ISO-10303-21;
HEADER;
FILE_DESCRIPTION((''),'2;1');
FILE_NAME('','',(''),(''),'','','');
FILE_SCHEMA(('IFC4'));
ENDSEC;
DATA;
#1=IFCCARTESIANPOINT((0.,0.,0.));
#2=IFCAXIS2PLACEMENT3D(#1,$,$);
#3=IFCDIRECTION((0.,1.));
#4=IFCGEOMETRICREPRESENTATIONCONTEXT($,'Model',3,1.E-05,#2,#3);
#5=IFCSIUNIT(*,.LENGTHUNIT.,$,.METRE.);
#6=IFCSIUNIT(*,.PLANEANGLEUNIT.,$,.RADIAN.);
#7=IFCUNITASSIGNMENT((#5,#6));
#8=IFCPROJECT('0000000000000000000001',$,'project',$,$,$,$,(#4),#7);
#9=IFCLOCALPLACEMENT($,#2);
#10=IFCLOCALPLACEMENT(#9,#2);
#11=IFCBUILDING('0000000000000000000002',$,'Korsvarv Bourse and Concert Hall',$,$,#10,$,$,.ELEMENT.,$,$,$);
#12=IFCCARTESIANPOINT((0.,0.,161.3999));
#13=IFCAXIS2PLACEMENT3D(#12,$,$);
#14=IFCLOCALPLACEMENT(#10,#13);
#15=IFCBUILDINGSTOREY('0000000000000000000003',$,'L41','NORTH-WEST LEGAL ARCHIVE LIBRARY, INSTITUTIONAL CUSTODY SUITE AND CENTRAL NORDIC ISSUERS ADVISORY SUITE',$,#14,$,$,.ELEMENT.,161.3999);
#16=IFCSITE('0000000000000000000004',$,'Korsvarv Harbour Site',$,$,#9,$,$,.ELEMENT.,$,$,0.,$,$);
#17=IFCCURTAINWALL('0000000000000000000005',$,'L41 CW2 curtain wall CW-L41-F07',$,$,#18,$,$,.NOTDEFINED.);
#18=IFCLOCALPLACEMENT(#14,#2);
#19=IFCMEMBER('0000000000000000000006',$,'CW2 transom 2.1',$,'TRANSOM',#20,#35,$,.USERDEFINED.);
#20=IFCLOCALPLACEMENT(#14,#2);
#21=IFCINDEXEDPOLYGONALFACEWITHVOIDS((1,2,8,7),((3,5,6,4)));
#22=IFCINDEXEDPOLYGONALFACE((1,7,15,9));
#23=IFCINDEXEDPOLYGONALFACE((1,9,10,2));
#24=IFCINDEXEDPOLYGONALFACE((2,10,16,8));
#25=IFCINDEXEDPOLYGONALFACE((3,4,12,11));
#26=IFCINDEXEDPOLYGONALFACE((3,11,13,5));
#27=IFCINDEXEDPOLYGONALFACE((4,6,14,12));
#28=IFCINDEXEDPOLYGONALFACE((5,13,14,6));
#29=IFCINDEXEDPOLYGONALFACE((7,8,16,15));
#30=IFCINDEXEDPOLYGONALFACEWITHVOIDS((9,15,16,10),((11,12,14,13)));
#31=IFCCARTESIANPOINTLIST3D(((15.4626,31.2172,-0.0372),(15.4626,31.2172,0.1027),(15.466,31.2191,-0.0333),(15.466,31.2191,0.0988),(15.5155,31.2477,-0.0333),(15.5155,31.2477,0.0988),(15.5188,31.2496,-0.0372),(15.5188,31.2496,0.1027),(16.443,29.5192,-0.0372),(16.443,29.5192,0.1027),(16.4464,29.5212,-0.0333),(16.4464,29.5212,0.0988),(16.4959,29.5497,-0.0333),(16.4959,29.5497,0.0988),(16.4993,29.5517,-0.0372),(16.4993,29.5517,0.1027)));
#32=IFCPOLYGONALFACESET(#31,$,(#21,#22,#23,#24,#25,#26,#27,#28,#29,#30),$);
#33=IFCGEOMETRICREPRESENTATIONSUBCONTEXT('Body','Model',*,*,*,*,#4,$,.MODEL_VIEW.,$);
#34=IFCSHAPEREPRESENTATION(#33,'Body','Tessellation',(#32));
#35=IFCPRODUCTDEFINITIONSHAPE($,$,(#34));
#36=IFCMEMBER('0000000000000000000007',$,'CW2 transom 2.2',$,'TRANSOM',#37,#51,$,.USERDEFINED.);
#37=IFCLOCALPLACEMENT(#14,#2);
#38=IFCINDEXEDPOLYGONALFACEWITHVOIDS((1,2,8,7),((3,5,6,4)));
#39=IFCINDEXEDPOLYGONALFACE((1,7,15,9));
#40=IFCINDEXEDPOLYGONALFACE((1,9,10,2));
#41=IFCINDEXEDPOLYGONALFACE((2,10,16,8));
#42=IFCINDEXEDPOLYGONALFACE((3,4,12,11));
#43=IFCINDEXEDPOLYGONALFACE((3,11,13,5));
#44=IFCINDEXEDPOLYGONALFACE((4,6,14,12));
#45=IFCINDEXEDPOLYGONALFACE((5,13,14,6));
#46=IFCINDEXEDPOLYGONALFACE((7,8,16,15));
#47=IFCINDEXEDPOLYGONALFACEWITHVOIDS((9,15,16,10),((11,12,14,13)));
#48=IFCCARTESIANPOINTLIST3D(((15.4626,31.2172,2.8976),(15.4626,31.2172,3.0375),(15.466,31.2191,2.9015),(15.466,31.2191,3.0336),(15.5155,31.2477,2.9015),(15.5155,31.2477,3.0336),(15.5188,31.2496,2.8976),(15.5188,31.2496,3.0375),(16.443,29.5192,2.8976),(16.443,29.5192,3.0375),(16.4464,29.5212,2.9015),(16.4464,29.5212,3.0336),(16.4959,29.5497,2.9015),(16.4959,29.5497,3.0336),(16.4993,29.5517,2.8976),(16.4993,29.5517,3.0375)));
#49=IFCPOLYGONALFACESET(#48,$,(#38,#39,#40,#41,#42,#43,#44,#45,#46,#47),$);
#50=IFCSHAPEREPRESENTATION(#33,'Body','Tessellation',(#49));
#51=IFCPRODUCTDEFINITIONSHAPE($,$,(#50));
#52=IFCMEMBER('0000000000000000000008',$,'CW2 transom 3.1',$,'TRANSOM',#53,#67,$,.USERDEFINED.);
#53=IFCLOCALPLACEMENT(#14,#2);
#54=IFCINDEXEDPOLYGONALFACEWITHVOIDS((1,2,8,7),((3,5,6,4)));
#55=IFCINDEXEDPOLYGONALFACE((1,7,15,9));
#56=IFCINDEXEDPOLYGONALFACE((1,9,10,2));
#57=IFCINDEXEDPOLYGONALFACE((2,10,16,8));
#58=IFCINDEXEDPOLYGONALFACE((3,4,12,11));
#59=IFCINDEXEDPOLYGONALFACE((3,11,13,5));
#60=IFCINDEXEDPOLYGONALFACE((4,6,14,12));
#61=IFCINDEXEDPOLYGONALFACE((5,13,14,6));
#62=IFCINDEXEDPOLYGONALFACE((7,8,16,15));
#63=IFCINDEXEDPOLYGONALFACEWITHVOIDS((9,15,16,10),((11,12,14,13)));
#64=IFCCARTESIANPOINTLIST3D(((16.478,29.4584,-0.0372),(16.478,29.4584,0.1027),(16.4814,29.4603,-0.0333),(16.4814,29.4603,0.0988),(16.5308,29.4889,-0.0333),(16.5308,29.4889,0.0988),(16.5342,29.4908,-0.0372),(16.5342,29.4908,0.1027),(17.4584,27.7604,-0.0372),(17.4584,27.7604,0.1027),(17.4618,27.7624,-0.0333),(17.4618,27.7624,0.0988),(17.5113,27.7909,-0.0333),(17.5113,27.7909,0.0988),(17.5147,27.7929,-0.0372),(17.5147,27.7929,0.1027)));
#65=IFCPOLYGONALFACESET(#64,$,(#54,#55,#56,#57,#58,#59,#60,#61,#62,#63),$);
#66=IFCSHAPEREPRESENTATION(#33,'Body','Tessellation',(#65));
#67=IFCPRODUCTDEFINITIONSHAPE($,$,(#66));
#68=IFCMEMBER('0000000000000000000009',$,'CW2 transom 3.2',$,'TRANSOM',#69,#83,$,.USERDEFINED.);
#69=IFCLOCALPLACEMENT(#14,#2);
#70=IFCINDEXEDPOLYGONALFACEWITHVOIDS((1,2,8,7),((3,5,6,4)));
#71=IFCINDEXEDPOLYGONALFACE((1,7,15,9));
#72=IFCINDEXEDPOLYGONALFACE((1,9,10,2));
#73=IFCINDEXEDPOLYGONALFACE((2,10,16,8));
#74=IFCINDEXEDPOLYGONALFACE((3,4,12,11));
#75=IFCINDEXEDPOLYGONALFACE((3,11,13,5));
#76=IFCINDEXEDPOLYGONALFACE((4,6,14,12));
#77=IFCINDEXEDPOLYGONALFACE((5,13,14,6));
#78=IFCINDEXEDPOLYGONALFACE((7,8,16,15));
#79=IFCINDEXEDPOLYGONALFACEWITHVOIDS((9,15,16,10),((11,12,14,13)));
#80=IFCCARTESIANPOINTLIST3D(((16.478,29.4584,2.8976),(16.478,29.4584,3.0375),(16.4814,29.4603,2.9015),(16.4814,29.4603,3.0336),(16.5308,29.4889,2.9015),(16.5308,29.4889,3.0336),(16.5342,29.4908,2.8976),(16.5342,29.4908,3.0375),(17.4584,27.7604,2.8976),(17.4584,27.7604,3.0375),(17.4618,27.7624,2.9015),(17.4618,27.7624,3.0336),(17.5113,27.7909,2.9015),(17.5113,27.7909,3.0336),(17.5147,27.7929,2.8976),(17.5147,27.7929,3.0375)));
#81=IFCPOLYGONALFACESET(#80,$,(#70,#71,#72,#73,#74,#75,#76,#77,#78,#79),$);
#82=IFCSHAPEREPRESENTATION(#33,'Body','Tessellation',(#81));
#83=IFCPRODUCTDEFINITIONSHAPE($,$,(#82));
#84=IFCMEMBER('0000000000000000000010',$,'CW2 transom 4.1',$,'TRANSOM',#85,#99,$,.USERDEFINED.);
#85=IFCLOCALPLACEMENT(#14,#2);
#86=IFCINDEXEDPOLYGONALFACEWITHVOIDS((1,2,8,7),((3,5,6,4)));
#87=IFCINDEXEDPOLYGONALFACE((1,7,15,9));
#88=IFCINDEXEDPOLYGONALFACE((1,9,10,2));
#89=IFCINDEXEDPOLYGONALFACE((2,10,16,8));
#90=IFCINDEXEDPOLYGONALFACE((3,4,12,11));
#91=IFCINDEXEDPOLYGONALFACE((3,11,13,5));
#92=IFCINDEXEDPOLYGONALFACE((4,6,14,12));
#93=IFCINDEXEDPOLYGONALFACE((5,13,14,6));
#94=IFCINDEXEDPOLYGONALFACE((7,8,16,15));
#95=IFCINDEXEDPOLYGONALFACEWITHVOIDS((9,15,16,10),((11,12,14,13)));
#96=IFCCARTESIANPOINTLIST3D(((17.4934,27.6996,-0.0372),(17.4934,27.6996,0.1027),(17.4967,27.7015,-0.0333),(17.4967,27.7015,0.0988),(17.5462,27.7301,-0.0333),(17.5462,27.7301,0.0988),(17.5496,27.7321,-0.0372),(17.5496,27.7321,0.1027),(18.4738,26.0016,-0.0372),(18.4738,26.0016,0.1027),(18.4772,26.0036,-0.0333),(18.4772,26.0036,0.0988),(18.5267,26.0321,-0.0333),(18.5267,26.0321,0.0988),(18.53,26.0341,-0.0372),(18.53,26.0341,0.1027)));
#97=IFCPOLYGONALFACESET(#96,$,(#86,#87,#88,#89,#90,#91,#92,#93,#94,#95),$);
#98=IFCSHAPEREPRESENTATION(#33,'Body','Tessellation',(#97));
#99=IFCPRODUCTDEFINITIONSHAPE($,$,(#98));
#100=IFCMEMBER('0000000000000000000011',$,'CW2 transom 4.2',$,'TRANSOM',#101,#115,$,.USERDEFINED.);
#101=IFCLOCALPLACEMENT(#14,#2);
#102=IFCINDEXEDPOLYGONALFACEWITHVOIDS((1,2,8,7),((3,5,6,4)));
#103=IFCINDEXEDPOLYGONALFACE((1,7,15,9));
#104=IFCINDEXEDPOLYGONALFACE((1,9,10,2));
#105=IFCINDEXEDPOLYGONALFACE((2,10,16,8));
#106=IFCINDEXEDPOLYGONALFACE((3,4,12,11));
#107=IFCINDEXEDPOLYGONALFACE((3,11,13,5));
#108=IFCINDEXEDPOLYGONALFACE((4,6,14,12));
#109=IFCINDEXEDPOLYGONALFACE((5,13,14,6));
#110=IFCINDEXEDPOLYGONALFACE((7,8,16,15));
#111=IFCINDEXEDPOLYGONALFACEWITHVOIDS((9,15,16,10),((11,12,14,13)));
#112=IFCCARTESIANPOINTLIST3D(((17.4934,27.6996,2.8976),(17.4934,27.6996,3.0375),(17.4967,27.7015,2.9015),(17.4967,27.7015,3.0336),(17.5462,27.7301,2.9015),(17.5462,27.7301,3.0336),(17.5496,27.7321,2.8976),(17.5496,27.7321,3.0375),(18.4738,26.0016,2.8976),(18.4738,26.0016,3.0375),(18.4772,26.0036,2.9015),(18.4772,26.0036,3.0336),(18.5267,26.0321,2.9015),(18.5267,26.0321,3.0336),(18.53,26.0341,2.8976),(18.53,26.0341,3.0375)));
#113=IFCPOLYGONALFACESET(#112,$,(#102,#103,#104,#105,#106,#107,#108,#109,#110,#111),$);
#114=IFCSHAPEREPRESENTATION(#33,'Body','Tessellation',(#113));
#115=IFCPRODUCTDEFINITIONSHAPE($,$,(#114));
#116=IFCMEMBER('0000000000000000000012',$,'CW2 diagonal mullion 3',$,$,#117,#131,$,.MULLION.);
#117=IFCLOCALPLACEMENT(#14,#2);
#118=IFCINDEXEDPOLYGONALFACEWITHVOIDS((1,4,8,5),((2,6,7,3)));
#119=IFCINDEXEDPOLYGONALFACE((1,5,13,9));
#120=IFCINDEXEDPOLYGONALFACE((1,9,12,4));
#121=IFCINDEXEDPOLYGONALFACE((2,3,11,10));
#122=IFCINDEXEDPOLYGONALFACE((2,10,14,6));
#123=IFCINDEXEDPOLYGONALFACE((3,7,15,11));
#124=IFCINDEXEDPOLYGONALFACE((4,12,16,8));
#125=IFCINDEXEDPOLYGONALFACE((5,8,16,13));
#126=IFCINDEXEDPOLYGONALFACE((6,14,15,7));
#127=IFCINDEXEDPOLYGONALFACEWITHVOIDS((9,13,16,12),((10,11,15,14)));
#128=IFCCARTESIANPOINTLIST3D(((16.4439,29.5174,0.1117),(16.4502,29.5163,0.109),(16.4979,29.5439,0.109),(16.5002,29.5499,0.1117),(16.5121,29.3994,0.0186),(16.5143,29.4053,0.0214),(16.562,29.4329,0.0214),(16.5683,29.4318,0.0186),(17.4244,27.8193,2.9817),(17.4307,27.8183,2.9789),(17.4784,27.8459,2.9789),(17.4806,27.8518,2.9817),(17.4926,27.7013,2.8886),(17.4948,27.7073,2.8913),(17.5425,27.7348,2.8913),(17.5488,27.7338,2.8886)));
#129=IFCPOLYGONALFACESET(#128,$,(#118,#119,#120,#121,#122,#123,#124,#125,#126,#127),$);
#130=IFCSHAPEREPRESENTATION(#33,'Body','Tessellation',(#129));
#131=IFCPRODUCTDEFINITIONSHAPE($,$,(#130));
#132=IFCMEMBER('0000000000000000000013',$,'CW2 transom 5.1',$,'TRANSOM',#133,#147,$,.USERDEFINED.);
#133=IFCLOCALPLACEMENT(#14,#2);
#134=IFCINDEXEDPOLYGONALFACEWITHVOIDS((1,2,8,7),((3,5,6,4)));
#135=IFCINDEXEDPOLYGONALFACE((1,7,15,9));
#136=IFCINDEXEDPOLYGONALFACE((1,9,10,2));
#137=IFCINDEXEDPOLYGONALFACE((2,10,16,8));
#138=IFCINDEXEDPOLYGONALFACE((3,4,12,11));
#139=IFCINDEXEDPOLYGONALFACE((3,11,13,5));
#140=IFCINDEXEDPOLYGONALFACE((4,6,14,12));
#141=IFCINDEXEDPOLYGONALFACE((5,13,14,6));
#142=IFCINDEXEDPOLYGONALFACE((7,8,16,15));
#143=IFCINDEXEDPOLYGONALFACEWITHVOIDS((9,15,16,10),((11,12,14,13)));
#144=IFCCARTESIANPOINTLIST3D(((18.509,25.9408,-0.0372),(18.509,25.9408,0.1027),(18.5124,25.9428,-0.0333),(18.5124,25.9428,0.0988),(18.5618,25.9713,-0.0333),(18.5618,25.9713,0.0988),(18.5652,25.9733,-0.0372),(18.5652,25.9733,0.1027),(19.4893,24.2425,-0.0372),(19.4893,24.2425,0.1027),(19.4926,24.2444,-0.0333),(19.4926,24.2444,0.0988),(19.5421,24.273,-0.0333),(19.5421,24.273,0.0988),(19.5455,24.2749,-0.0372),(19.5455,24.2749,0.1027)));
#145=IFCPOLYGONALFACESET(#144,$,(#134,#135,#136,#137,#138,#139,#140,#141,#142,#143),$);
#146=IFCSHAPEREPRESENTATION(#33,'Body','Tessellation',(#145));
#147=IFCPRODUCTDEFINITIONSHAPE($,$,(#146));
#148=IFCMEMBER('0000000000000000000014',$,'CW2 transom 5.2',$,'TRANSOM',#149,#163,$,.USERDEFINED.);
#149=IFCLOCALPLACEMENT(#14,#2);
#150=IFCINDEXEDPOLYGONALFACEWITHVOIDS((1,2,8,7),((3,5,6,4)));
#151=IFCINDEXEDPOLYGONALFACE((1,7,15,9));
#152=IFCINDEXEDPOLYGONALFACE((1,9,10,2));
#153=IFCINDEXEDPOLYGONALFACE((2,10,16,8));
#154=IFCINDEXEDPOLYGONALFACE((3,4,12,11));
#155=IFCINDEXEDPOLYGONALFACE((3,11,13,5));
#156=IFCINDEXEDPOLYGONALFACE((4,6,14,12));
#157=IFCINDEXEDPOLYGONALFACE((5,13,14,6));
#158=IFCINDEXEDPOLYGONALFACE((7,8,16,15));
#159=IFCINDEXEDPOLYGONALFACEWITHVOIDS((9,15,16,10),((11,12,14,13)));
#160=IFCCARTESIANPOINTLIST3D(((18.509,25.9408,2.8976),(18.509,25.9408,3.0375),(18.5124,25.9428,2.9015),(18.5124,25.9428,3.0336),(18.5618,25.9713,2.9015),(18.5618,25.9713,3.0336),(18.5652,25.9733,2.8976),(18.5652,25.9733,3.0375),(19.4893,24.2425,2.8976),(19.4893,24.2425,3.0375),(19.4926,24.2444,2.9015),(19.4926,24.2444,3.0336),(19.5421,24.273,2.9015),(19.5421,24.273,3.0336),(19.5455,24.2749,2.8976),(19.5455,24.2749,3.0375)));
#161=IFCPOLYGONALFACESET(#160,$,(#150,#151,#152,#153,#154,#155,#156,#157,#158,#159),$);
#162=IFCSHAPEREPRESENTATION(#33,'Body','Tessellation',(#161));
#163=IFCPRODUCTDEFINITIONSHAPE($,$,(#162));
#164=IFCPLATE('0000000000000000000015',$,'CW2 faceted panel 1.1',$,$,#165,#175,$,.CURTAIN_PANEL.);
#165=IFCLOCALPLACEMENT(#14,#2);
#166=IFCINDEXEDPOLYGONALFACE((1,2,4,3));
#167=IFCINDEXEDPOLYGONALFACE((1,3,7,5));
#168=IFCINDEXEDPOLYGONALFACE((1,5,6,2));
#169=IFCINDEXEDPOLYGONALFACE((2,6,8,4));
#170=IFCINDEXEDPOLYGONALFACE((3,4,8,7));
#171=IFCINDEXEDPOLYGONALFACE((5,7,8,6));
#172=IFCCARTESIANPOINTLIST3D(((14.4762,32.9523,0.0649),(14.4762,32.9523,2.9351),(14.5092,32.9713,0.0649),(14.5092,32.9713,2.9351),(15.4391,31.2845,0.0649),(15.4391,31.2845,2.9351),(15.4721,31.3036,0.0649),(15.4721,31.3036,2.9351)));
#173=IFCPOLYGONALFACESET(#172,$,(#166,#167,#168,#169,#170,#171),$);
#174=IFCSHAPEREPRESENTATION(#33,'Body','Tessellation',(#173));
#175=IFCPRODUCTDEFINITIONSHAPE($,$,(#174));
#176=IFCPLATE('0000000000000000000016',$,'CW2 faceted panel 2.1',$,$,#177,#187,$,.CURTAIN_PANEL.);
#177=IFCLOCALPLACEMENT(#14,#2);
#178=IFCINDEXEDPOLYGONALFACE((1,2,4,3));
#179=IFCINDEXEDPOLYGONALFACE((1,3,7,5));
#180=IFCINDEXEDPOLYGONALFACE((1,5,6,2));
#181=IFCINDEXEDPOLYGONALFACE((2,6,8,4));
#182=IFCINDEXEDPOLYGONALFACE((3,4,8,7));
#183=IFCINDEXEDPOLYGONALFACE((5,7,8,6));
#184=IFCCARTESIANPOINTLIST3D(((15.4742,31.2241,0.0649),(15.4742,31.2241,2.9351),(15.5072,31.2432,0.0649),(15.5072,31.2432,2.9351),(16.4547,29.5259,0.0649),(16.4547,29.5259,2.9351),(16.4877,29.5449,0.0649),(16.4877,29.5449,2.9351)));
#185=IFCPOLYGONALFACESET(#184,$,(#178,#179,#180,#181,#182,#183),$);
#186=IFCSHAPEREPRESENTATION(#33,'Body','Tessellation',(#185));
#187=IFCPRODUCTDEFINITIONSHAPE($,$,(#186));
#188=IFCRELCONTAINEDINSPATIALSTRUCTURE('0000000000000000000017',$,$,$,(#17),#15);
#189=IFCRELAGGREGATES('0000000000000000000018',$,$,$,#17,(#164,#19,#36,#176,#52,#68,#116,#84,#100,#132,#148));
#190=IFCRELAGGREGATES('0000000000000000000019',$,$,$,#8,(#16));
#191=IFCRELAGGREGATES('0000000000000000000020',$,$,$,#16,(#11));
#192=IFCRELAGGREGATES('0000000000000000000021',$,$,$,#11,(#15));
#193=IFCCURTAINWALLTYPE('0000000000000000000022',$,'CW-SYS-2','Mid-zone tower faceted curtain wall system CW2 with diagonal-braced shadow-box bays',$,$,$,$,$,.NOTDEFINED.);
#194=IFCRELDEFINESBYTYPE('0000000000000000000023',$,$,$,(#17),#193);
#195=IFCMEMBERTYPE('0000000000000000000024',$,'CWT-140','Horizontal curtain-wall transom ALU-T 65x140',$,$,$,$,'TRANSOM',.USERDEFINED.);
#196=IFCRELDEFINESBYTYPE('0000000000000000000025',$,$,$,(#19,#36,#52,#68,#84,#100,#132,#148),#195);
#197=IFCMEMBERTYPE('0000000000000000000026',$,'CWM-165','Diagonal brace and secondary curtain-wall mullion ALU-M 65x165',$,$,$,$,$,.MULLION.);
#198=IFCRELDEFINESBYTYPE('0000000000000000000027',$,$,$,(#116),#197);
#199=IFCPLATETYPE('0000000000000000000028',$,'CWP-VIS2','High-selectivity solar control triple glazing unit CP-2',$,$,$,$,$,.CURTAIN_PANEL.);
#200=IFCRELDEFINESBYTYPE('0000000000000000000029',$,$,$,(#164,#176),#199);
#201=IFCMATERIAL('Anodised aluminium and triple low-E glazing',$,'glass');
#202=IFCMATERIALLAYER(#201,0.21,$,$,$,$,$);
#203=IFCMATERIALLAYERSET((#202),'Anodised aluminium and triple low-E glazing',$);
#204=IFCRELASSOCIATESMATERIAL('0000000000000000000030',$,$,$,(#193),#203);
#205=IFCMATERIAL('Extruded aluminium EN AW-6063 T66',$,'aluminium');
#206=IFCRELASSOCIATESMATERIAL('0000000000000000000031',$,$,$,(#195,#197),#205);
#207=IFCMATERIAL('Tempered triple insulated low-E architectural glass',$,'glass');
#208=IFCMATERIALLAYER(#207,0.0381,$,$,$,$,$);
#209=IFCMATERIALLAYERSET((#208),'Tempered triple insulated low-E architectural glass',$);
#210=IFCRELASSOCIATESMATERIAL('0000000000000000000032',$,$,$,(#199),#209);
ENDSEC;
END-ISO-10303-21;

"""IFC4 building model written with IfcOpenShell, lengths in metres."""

from ifc_helpers import new_model, si_unit, direction, frame, origin, origin_2d, place, context, subcontext, project, spatial, rectangle, hollow_rectangle, extrude, source, transform, mapped, material, layer, layer_set, material_profile, profile_set, type_object, element, aggregate, save


model = new_model("IFC4")

# Units and contexts
model_context = context("Model", 3, precision=1e-05, world=origin(), true_north=direction((0.0, 1.0)))
body_context = subcontext(model_context, "Body", "Model", "MODEL_VIEW")
ifc_project = project(units=[si_unit("LENGTHUNIT", "METRE"), si_unit("PLANEANGLEUNIT", "RADIAN")], contexts=[model_context])

# Site, building, storey
site_placement = place(None, origin())
site = spatial("IfcSite", under=ifc_project, at=site_placement, Name="Korsvarv Harbour Site", CompositionType="ELEMENT", RefElevation=0.0)
building_placement = place(site_placement, origin())
building = spatial("IfcBuilding", under=site, at=building_placement, Name="Korsvarv Bourse and Concert Hall", CompositionType="ELEMENT")
storey_placement = place(building_placement, frame((0.0, 0.0, 161.3999)))
storey = spatial("IfcBuildingStorey", under=building, at=storey_placement, Name="L41", Description="NORTH-WEST LEGAL ARCHIVE LIBRARY, INSTITUTIONAL CUSTODY SUITE AND CENTRAL NORDIC ISSUERS ADVISORY SUITE", CompositionType="ELEMENT", Elevation=161.3999)

# Curtain wall, members, plates
ifc_material_1 = material(Name="Anodised aluminium and triple low-E glazing", Category="glass")
ifc_layer_1 = layer(ifc_material_1, 0.21)
ifc_layer_set_1 = layer_set([ifc_layer_1], Name="Anodised aluminium and triple low-E glazing")
curtain_wall_type = type_object("IfcCurtainWallType", Name="CW-SYS-2", Description="Mid-zone tower faceted curtain wall system CW2 with diagonal-braced shadow-box bays", PredefinedType="NOTDEFINED", material=ifc_layer_set_1)
curtain_wall_placement = place(storey_placement, origin())
curtain_wall = element("IfcCurtainWall", 1, at=curtain_wall_placement, inside=storey, type_object=curtain_wall_type, Name="L41 CW2 curtain wall CW-L41-F07", PredefinedType="NOTDEFINED")
ifc_material_2 = material(Name="Extruded aluminium EN AW-6063 T66", Category="aluminium")
ifc_material_profile_1 = material_profile(ifc_material_2, hollow_rectangle(XDim=0.0649, YDim=0.1399, WallThickness=0.0039, at=origin_2d()), Name="ALU-T 65x140")
ifc_profile_set_1 = profile_set([ifc_material_profile_1], Name="Extruded aluminium EN AW-6063 T66")
member_type_1 = type_object("IfcMemberType", Name="CWT-140", Description="Horizontal curtain-wall transom ALU-T 65x140", ElementType="TRANSOM", PredefinedType="USERDEFINED", material=ifc_profile_set_1)
shared_shape_1 = source(origin(), body_context, "Body", "SweptSolid", [
    extrude(hollow_rectangle(XDim=0.0649, YDim=0.1399, WallThickness=0.0039, at=origin_2d()), origin(), (0.0, 0.0, 1.0), 1.9607),
])
member_1_placement = place(storey_placement, frame((15.4907, 31.2334, 0.0327), z_axis=(0.500049, -0.865997, 0.0), x_axis=(0.865997, 0.500049, 0.0)))
member_1 = element("IfcMember", 2, at=member_1_placement, type_object=member_type_1, Name="CW2 transom 2.1", ObjectType="TRANSOM", PredefinedType="USERDEFINED", context=body_context, shape_type="MappedRepresentation", body=[
    mapped(shared_shape_1, transform((0.0, 0.0, 0.0), scale=1.0)),
])
member_2_placement = place(storey_placement, frame((15.4907, 31.2334, 2.9675), z_axis=(0.500049, -0.865997, 0.0), x_axis=(0.865997, 0.500049, 0.0)))
member_2 = element("IfcMember", 3, at=member_2_placement, type_object=member_type_1, Name="CW2 transom 2.2", ObjectType="TRANSOM", PredefinedType="USERDEFINED", context=body_context, shape_type="MappedRepresentation", body=[
    mapped(shared_shape_1, transform((0.0, 0.0, 0.0), scale=1.0)),
])
member_3_placement = place(storey_placement, frame((16.5061, 29.4746, 0.0327), z_axis=(0.500049, -0.865997, 0.0), x_axis=(0.865997, 0.500049, 0.0)))
member_3 = element("IfcMember", 4, at=member_3_placement, type_object=member_type_1, Name="CW2 transom 3.1", ObjectType="TRANSOM", PredefinedType="USERDEFINED", context=body_context, shape_type="MappedRepresentation", body=[
    mapped(shared_shape_1, transform((0.0, 0.0, 0.0), scale=1.0)),
])
member_4_placement = place(storey_placement, frame((16.5061, 29.4746, 2.9675), z_axis=(0.500049, -0.865997, 0.0), x_axis=(0.865997, 0.500049, 0.0)))
member_4 = element("IfcMember", 5, at=member_4_placement, type_object=member_type_1, Name="CW2 transom 3.2", ObjectType="TRANSOM", PredefinedType="USERDEFINED", context=body_context, shape_type="MappedRepresentation", body=[
    mapped(shared_shape_1, transform((0.0, 0.0, 0.0), scale=1.0)),
])
member_5_placement = place(storey_placement, frame((17.5215, 27.7158, 0.0327), z_axis=(0.500049, -0.865997, 0.0), x_axis=(0.865997, 0.500049, 0.0)))
member_5 = element("IfcMember", 6, at=member_5_placement, type_object=member_type_1, Name="CW2 transom 4.1", ObjectType="TRANSOM", PredefinedType="USERDEFINED", context=body_context, shape_type="MappedRepresentation", body=[
    mapped(shared_shape_1, transform((0.0, 0.0, 0.0), scale=1.0)),
])
member_6_placement = place(storey_placement, frame((17.5215, 27.7158, 2.9675), z_axis=(0.500049, -0.865997, 0.0), x_axis=(0.865997, 0.500049, 0.0)))
member_6 = element("IfcMember", 7, at=member_6_placement, type_object=member_type_1, Name="CW2 transom 4.2", ObjectType="TRANSOM", PredefinedType="USERDEFINED", context=body_context, shape_type="MappedRepresentation", body=[
    mapped(shared_shape_1, transform((0.0, 0.0, 0.0), scale=1.0)),
])
ifc_material_profile_2 = material_profile(ifc_material_2, hollow_rectangle(XDim=0.0649, YDim=0.165, WallThickness=0.0049, at=origin_2d()), Name="ALU-M 65x165")
ifc_profile_set_2 = profile_set([ifc_material_profile_2], Name="Extruded aluminium EN AW-6063 T66")
member_type_2 = type_object("IfcMemberType", Name="CWM-165", Description="Diagonal brace and secondary curtain-wall mullion ALU-M 65x165", PredefinedType="MULLION", material=ifc_profile_set_2)
shared_shape_2 = source(origin(), body_context, "Body", "SweptSolid", [
    extrude(hollow_rectangle(XDim=0.0649, YDim=0.165, WallThickness=0.0049, at=origin_2d()), origin(), (0.0, 0.0, 1.0), 3.4758),
])
member_7_placement = place(storey_placement, frame((16.5061, 29.4746, 0.0652), z_axis=(0.28209, -0.48853, 0.82569), x_axis=(0.865997, 0.500049, 0.0)))
member_7 = element("IfcMember", 8, at=member_7_placement, type_object=member_type_2, Name="CW2 diagonal mullion 3", PredefinedType="MULLION", context=body_context, shape_type="MappedRepresentation", body=[
    mapped(shared_shape_2, transform((0.0, 0.0, 0.0), scale=1.0)),
])
shared_shape_3 = source(origin(), body_context, "Body", "SweptSolid", [
    extrude(hollow_rectangle(XDim=0.0649, YDim=0.1399, WallThickness=0.0039, at=origin_2d()), origin(), (0.0, 0.0, 1.0), 1.9609),
])
member_8_placement = place(storey_placement, frame((18.5371, 25.957, 0.0327), z_axis=(0.499902, -0.866082, 0.0), x_axis=(0.866082, 0.499902, 0.0)))
member_8 = element("IfcMember", 9, at=member_8_placement, type_object=member_type_1, Name="CW2 transom 5.1", ObjectType="TRANSOM", PredefinedType="USERDEFINED", context=body_context, shape_type="MappedRepresentation", body=[
    mapped(shared_shape_3, transform((0.0, 0.0, 0.0), scale=1.0)),
])
member_9_placement = place(storey_placement, frame((18.5371, 25.957, 2.9675), z_axis=(0.499902, -0.866082, 0.0), x_axis=(0.866082, 0.499902, 0.0)))
member_9 = element("IfcMember", 10, at=member_9_placement, type_object=member_type_1, Name="CW2 transom 5.2", ObjectType="TRANSOM", PredefinedType="USERDEFINED", context=body_context, shape_type="MappedRepresentation", body=[
    mapped(shared_shape_3, transform((0.0, 0.0, 0.0), scale=1.0)),
])
ifc_material_3 = material(Name="Tempered triple insulated low-E architectural glass", Category="glass")
ifc_layer_2 = layer(ifc_material_3, 0.0381)
ifc_layer_set_2 = layer_set([ifc_layer_2], Name="Tempered triple insulated low-E architectural glass")
plate_type_1 = type_object("IfcPlateType", Name="CWP-VIS2", Description="High-selectivity solar control triple glazing unit CP-2", PredefinedType="CURTAIN_PANEL", material=ifc_layer_set_2)
shared_shape_4 = source(origin(), body_context, "Body", "SweptSolid", [
    extrude(rectangle(XDim=1.9258, YDim=0.0381, at=origin_2d()), origin(), (0.0, 0.0, 1.0), 2.8701),
])
plate_1_placement = place(storey_placement, frame((14.9741, 32.1279, 0.0649), z_axis=(0.0, 0.0, 1.0), x_axis=(0.500002, -0.866024, 0.0)))
plate_1 = element("IfcPlate", 11, at=plate_1_placement, type_object=plate_type_1, Name="CW2 faceted panel 1.1", PredefinedType="CURTAIN_PANEL", context=body_context, shape_type="MappedRepresentation", body=[
    mapped(shared_shape_4, transform((0.0, 0.0, 0.0), scale=1.0)),
])
shared_shape_5 = source(origin(), body_context, "Body", "SweptSolid", [
    extrude(rectangle(XDim=1.9609, YDim=0.0381, at=origin_2d()), origin(), (0.0, 0.0, 1.0), 2.8701),
])
plate_2_placement = place(storey_placement, frame((15.981, 30.3845, 0.0649), z_axis=(0.0, 0.0, 1.0), x_axis=(0.500002, -0.866024, 0.0)))
plate_2 = element("IfcPlate", 12, at=plate_2_placement, type_object=plate_type_1, Name="CW2 faceted panel 2.1", PredefinedType="CURTAIN_PANEL", context=body_context, shape_type="MappedRepresentation", body=[
    mapped(shared_shape_5, transform((0.0, 0.0, 0.0), scale=1.0)),
])
aggregate(curtain_wall, [plate_1, member_1, member_2, plate_2, member_3, member_4, member_7, member_5, member_6, member_8, member_9])

save(model, "model.ifc")
